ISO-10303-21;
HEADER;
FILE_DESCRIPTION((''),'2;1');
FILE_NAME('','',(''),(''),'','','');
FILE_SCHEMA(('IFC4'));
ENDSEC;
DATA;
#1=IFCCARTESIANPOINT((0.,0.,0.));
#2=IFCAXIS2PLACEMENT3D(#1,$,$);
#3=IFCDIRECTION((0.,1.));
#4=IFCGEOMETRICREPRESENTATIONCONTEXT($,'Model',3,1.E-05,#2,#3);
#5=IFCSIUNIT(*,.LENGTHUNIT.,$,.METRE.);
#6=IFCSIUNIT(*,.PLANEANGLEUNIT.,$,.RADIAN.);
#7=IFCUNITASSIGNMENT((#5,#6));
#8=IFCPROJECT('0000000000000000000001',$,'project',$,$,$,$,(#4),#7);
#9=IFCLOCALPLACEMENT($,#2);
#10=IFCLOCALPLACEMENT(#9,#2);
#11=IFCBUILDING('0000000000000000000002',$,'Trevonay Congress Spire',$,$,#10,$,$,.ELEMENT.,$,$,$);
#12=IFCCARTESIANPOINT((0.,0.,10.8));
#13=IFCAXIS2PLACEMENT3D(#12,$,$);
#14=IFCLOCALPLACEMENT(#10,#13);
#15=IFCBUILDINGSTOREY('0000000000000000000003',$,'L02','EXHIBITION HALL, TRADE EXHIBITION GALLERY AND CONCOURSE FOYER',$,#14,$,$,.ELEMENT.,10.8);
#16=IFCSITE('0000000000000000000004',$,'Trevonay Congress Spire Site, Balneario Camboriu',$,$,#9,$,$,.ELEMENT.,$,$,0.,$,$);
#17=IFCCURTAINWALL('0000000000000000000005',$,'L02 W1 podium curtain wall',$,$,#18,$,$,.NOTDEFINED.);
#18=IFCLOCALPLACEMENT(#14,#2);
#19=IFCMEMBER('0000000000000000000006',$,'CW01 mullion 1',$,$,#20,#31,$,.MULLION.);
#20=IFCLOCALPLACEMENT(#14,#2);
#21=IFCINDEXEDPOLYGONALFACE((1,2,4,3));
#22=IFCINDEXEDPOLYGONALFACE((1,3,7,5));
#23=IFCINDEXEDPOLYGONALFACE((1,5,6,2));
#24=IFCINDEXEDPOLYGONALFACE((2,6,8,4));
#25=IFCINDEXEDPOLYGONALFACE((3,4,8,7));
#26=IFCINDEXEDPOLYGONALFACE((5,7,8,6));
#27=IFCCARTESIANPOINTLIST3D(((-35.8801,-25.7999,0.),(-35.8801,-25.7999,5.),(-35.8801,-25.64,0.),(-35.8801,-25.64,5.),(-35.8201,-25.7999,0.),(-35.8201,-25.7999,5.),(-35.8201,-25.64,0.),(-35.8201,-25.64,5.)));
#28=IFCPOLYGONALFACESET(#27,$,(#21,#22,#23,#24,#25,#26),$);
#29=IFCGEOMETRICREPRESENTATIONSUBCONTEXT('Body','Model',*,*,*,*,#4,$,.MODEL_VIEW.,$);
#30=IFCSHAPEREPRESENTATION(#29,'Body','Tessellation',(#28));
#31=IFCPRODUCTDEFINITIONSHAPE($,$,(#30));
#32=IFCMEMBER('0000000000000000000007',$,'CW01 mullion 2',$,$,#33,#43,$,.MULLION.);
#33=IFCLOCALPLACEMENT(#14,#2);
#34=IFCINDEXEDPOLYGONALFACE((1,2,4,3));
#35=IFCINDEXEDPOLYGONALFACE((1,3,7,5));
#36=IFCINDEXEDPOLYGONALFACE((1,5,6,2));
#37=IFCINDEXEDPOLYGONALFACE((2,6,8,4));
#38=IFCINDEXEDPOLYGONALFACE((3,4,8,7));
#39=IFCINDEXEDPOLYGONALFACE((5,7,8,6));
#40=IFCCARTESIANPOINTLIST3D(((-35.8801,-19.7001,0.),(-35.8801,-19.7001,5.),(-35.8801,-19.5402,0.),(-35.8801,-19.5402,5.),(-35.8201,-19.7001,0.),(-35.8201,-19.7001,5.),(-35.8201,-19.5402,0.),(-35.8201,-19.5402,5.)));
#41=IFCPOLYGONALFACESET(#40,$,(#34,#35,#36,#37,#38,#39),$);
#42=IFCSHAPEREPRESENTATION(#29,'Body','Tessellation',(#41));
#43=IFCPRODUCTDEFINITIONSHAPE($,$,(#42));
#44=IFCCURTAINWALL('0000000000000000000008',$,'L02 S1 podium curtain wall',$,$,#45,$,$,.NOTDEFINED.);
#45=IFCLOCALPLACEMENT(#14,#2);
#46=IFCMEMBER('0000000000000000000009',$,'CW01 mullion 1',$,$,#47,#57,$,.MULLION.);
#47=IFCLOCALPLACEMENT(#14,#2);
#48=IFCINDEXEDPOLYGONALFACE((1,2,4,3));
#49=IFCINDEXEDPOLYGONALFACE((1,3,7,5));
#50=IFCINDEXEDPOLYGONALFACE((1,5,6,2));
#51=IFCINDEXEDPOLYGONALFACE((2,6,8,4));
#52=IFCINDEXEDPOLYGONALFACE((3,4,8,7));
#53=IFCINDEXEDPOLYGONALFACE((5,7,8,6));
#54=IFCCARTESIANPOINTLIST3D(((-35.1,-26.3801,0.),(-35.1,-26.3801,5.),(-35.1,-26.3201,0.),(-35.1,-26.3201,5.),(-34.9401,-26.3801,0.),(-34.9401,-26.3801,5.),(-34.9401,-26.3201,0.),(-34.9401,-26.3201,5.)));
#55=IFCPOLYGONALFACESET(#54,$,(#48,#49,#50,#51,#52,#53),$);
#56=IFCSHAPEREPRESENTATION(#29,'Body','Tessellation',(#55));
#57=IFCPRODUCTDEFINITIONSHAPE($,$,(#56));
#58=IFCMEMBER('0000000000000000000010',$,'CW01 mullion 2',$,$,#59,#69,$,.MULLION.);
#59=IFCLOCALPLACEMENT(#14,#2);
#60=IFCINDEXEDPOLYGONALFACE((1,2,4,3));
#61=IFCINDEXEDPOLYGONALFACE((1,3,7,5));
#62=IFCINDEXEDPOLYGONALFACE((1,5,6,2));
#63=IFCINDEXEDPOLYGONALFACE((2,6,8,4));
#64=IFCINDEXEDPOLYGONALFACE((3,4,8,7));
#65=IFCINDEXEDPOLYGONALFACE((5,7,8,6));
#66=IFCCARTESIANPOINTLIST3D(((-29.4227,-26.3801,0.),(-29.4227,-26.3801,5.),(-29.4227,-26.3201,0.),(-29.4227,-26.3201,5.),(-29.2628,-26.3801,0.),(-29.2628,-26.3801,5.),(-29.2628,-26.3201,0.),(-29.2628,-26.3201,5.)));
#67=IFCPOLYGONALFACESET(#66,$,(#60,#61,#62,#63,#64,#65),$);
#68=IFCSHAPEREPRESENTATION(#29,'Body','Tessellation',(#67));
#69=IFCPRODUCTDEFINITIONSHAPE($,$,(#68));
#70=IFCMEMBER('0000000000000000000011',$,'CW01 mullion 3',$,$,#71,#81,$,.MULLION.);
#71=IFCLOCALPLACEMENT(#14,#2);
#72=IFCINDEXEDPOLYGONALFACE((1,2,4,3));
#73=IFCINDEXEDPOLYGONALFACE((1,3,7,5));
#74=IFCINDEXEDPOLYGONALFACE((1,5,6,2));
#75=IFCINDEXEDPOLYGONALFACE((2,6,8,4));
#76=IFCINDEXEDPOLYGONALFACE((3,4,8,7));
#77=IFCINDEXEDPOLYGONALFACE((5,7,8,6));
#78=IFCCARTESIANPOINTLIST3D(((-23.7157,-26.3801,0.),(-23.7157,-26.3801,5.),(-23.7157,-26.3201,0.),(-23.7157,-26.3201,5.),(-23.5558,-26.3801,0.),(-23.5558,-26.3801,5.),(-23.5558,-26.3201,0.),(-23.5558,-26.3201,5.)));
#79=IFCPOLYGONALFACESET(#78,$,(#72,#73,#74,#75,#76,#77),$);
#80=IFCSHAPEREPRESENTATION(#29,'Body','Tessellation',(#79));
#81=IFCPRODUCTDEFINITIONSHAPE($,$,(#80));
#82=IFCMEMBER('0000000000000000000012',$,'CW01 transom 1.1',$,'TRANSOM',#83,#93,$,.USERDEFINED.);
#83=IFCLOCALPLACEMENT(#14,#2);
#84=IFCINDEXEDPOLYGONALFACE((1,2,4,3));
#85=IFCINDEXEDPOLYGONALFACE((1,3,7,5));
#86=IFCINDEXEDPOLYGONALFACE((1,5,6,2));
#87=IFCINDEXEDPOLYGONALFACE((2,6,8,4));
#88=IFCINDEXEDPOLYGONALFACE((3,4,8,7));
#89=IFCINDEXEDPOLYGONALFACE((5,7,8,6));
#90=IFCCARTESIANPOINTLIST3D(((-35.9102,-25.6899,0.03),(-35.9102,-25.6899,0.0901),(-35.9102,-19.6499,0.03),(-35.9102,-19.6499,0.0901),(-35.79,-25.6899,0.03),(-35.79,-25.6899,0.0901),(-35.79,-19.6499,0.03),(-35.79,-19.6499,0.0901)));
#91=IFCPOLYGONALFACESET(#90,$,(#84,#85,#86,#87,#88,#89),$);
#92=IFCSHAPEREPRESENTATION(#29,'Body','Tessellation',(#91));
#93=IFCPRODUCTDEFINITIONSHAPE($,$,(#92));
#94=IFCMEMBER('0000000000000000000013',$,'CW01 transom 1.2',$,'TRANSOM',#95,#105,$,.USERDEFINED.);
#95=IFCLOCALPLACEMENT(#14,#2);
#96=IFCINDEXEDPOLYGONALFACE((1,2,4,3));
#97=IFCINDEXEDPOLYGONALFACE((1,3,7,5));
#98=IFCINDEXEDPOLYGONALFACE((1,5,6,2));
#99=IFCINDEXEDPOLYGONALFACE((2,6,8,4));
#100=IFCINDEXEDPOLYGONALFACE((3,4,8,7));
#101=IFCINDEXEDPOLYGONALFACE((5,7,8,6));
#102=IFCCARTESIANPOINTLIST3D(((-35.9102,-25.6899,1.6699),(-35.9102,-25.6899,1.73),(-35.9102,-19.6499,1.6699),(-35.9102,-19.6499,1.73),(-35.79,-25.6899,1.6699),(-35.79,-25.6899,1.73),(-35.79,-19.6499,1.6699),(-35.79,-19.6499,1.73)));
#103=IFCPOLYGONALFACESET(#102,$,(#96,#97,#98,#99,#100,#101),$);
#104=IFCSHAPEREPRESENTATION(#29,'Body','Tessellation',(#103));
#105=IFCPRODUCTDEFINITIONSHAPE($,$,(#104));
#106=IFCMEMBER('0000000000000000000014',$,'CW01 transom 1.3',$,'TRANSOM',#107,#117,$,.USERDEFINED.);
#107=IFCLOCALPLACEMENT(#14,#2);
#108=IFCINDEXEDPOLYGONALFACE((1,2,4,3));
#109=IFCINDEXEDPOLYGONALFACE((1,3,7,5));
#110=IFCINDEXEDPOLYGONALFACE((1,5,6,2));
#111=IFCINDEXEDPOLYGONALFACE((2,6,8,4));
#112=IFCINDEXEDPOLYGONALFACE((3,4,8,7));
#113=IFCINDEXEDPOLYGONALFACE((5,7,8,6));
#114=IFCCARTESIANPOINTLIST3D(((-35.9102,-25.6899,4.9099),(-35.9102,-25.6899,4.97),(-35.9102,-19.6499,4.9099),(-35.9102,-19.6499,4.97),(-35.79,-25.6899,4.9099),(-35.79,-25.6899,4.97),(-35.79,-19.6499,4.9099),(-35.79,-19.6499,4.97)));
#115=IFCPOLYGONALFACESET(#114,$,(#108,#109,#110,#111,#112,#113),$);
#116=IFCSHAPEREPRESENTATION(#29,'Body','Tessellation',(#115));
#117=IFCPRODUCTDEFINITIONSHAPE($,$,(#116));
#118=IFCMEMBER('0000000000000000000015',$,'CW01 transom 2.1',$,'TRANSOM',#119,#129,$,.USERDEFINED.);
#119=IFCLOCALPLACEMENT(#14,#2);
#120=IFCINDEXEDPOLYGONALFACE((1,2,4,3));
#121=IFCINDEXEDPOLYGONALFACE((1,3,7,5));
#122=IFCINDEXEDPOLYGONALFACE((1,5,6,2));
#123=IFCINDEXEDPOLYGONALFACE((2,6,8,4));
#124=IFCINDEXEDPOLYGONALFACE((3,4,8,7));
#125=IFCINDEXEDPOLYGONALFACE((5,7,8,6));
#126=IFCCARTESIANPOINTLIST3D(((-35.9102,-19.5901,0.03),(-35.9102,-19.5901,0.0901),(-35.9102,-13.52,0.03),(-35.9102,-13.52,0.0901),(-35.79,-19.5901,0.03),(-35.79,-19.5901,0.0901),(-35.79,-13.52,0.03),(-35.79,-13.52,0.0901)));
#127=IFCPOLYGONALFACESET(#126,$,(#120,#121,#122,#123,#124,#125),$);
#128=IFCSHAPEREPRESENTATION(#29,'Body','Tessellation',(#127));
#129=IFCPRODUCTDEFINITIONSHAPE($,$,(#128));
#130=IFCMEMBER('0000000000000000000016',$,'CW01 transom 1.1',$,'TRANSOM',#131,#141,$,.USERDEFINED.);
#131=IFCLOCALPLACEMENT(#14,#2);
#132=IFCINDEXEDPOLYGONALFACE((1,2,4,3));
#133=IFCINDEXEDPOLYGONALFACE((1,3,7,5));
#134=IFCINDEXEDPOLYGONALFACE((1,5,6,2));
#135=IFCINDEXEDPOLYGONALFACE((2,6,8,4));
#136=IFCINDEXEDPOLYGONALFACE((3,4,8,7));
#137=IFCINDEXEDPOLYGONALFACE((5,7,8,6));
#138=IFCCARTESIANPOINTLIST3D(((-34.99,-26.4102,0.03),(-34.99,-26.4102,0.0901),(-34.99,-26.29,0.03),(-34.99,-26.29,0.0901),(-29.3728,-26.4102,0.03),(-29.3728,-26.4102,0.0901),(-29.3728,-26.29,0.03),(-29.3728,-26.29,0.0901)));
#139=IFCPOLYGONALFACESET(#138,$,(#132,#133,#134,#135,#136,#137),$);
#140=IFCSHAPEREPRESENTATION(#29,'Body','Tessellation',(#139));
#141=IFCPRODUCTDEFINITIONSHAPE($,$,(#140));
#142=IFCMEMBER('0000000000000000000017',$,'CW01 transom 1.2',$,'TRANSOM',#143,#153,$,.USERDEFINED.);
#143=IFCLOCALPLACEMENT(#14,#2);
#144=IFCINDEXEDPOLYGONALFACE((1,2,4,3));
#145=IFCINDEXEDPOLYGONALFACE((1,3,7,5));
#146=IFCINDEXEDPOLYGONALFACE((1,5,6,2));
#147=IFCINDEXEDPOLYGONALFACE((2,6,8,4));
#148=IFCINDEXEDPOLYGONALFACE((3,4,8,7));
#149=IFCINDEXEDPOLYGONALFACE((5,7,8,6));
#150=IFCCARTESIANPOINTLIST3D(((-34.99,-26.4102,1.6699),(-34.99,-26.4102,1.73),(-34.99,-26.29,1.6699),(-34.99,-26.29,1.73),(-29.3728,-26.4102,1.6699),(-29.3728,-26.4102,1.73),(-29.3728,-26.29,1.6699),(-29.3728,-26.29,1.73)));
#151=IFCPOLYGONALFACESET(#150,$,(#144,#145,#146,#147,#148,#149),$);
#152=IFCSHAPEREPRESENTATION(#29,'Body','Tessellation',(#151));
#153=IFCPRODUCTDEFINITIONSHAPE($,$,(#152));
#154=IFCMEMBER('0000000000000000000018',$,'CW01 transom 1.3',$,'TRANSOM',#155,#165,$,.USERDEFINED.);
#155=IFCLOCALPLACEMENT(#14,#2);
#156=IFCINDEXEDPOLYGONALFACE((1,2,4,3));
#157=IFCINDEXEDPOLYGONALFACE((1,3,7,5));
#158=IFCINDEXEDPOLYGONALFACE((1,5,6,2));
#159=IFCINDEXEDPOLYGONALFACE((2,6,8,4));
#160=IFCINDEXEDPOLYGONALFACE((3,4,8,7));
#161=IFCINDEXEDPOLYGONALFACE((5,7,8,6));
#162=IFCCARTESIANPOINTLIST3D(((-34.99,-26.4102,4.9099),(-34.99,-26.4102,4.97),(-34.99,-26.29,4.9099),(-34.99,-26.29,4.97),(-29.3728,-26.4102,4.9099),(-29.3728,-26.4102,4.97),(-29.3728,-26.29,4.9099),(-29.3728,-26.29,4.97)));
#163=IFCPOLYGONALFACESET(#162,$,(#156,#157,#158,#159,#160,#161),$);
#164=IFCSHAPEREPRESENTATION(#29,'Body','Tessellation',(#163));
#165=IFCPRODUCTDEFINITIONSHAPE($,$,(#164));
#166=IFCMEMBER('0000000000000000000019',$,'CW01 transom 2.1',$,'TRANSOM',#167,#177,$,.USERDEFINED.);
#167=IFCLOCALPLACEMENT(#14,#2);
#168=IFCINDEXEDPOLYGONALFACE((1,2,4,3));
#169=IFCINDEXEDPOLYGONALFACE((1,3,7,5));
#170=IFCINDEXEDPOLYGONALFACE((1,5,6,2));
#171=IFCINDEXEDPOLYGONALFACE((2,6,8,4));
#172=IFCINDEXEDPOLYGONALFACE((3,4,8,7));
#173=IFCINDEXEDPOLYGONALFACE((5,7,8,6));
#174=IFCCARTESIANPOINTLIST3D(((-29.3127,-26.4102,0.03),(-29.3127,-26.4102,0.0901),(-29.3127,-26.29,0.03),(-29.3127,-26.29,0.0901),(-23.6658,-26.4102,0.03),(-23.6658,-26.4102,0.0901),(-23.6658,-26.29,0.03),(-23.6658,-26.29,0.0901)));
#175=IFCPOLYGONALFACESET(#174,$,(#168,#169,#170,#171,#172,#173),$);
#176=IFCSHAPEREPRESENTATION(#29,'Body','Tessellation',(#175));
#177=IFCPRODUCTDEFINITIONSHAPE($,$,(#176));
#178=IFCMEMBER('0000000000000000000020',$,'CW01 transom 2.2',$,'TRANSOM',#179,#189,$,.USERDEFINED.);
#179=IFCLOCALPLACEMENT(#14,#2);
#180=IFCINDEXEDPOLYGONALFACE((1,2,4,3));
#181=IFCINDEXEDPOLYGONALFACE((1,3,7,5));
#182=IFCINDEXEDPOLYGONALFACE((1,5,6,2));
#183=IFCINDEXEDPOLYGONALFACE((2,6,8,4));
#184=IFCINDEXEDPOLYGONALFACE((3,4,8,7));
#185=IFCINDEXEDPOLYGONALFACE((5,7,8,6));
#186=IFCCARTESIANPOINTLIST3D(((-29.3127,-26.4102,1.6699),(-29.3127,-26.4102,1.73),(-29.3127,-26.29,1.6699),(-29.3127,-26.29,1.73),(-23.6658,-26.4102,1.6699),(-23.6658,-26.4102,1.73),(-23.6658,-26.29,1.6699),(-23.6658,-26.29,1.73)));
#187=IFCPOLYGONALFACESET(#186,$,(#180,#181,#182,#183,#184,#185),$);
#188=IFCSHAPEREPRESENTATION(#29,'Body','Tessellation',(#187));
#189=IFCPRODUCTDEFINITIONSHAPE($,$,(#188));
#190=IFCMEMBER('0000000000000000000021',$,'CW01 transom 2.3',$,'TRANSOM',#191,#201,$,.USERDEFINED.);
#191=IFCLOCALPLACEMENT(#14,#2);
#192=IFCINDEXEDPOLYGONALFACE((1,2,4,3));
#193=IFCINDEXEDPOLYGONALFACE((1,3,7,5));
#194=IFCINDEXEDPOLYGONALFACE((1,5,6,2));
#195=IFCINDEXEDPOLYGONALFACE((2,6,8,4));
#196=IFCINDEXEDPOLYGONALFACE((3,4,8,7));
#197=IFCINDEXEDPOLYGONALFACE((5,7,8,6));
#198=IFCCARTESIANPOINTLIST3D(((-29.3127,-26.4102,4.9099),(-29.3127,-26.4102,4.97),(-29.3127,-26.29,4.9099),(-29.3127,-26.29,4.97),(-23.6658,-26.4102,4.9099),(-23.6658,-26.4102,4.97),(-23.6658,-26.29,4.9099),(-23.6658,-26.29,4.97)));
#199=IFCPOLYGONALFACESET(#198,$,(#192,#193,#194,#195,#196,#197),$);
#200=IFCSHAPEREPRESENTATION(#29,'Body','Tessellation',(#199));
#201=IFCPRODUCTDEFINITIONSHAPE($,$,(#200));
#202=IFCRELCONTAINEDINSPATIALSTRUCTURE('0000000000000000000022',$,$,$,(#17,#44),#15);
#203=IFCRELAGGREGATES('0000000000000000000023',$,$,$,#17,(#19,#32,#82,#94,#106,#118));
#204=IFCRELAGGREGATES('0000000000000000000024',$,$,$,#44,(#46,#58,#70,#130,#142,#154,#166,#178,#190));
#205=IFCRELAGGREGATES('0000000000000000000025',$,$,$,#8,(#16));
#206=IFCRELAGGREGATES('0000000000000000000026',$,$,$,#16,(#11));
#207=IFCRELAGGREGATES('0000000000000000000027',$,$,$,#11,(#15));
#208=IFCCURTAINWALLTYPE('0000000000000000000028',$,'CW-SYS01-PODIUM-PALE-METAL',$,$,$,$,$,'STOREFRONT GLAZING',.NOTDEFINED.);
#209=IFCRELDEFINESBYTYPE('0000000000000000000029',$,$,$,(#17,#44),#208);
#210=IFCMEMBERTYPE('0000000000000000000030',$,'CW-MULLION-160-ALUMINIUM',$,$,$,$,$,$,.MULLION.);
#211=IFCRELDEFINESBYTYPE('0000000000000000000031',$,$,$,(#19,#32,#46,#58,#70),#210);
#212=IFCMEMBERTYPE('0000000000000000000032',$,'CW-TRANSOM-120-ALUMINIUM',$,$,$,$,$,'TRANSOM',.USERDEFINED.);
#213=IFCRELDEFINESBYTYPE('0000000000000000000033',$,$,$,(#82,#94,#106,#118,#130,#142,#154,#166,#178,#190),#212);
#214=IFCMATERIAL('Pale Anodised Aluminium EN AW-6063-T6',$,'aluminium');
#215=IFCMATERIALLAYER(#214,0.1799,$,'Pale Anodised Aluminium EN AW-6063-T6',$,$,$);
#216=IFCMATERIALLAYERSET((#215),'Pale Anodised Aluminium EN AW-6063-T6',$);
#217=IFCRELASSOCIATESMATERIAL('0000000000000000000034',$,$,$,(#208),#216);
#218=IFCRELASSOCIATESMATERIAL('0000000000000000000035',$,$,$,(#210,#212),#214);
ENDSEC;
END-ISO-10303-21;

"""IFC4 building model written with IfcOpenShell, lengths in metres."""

from ifc_helpers import new_model, si_unit, direction, frame, origin, origin_2d, place, context, subcontext, project, spatial, rectangle, extrude, material, layer, layer_set, material_profile, profile_set, type_object, element, aggregate, save


model = new_model("IFC4")

# Units and contexts
model_context = context("Model", 3, precision=1e-05, world=origin(), true_north=direction((0.0, 1.0)))
body_context = subcontext(model_context, "Body", "Model", "MODEL_VIEW")
ifc_project = project(units=[si_unit("LENGTHUNIT", "METRE"), si_unit("PLANEANGLEUNIT", "RADIAN")], contexts=[model_context])

# Site, building, storey
site_placement = place(None, origin())
site = spatial("IfcSite", under=ifc_project, at=site_placement, Name="Trevonay Congress Spire Site, Balneario Camboriu", CompositionType="ELEMENT", RefElevation=0.0)
building_placement = place(site_placement, origin())
building = spatial("IfcBuilding", under=site, at=building_placement, Name="Trevonay Congress Spire", CompositionType="ELEMENT")
storey_placement = place(building_placement, frame((0.0, 0.0, 10.8)))
storey = spatial("IfcBuildingStorey", under=building, at=storey_placement, Name="L02", Description="EXHIBITION HALL, TRADE EXHIBITION GALLERY AND CONCOURSE FOYER", CompositionType="ELEMENT", Elevation=10.8)

# Curtain walls, members
ifc_material_1 = material(Name="Pale Anodised Aluminium EN AW-6063-T6", Category="aluminium")
ifc_layer_1 = layer(ifc_material_1, 0.1799, Name="Pale Anodised Aluminium EN AW-6063-T6")
ifc_layer_set_1 = layer_set([ifc_layer_1], Name="Pale Anodised Aluminium EN AW-6063-T6")
curtain_wall_type = type_object("IfcCurtainWallType", Name="CW-SYS01-PODIUM-PALE-METAL", ElementType="STOREFRONT GLAZING", PredefinedType="NOTDEFINED", material=ifc_layer_set_1)
curtain_wall_1_placement = place(storey_placement, origin())
curtain_wall_1 = element("IfcCurtainWall", 1, at=curtain_wall_1_placement, inside=storey, type_object=curtain_wall_type, Name="L02 W1 podium curtain wall", PredefinedType="NOTDEFINED")
ifc_material_profile_1 = material_profile(ifc_material_1, rectangle(XDim=0.0601, YDim=0.1599, at=origin_2d()), Name="CW-MULLION-160-ALUMINIUM")
ifc_profile_set_1 = profile_set([ifc_material_profile_1], Name="Pale Anodised Aluminium EN AW-6063-T6")
member_type_1 = type_object("IfcMemberType", Name="CW-MULLION-160-ALUMINIUM", PredefinedType="MULLION", material=ifc_profile_set_1)
member_1_placement = place(storey_placement, frame((-35.8501, -25.72, 0.0), z_axis=(0.0, 0.0, 1.0), x_axis=(-1.0, 0.0, 0.0)))
member_1 = element("IfcMember", 2, at=member_1_placement, type_object=member_type_1, Name="CW01 mullion 1", PredefinedType="MULLION", context=body_context, shape_type="SweptSolid", body=[
    extrude(rectangle(XDim=0.0601, YDim=0.1599, at=origin_2d()), origin(), (0.0, 0.0, 1.0), 5.0),
])
member_2_placement = place(storey_placement, frame((-35.8501, -19.6201, 0.0), z_axis=(0.0, 0.0, 1.0), x_axis=(-1.0, 0.0, 0.0)))
member_2 = element("IfcMember", 3, at=member_2_placement, type_object=member_type_1, Name="CW01 mullion 2", PredefinedType="MULLION", context=body_context, shape_type="SweptSolid", body=[
    extrude(rectangle(XDim=0.0601, YDim=0.1599, at=origin_2d()), origin(), (0.0, 0.0, 1.0), 5.0),
])
curtain_wall_2_placement = place(storey_placement, origin())
curtain_wall_2 = element("IfcCurtainWall", 4, at=curtain_wall_2_placement, inside=storey, type_object=curtain_wall_type, Name="L02 S1 podium curtain wall", PredefinedType="NOTDEFINED")
member_3_placement = place(storey_placement, frame((-35.02, -26.3501, 0.0), z_axis=(0.0, 0.0, 1.0), x_axis=(0.0, 1.0, 0.0)))
member_3 = element("IfcMember", 5, at=member_3_placement, type_object=member_type_1, Name="CW01 mullion 1", PredefinedType="MULLION", context=body_context, shape_type="SweptSolid", body=[
    extrude(rectangle(XDim=0.0601, YDim=0.1599, at=origin_2d()), origin(), (0.0, 0.0, 1.0), 5.0),
])
member_4_placement = place(storey_placement, frame((-29.3428, -26.3501, 0.0), z_axis=(0.0, 0.0, 1.0), x_axis=(0.0, 1.0, 0.0)))
member_4 = element("IfcMember", 6, at=member_4_placement, type_object=member_type_1, Name="CW01 mullion 2", PredefinedType="MULLION", context=body_context, shape_type="SweptSolid", body=[
    extrude(rectangle(XDim=0.0601, YDim=0.1599, at=origin_2d()), origin(), (0.0, 0.0, 1.0), 5.0),
])
member_5_placement = place(storey_placement, frame((-23.6357, -26.3501, 0.0), z_axis=(0.0, 0.0, 1.0), x_axis=(0.0, 1.0, 0.0)))
member_5 = element("IfcMember", 7, at=member_5_placement, type_object=member_type_1, Name="CW01 mullion 3", PredefinedType="MULLION", context=body_context, shape_type="SweptSolid", body=[
    extrude(rectangle(XDim=0.0601, YDim=0.1599, at=origin_2d()), origin(), (0.0, 0.0, 1.0), 5.0),
])

# Members
ifc_material_profile_2 = material_profile(ifc_material_1, rectangle(XDim=0.1201, YDim=0.0601, at=origin_2d()), Name="CW-TRANSOM-120-ALUMINIUM")
ifc_profile_set_2 = profile_set([ifc_material_profile_2], Name="Pale Anodised Aluminium EN AW-6063-T6")
member_type_2 = type_object("IfcMemberType", Name="CW-TRANSOM-120-ALUMINIUM", ElementType="TRANSOM", PredefinedType="USERDEFINED", material=ifc_profile_set_2)
member_6_placement = place(storey_placement, frame((-35.8501, -25.6899, 0.0601), z_axis=(0.0, 1.0, 0.0), x_axis=(-1.0, 0.0, 0.0)))
member_6 = element("IfcMember", 8, at=member_6_placement, type_object=member_type_2, Name="CW01 transom 1.1", ObjectType="TRANSOM", PredefinedType="USERDEFINED", context=body_context, shape_type="SweptSolid", body=[
    extrude(rectangle(XDim=0.1201, YDim=0.0601, at=origin_2d()), origin(), (0.0, 0.0, 1.0), 6.04),
])
member_7_placement = place(storey_placement, frame((-35.8501, -25.6899, 1.7), z_axis=(0.0, 1.0, 0.0), x_axis=(-1.0, 0.0, 0.0)))
member_7 = element("IfcMember", 9, at=member_7_placement, type_object=member_type_2, Name="CW01 transom 1.2", ObjectType="TRANSOM", PredefinedType="USERDEFINED", context=body_context, shape_type="SweptSolid", body=[
    extrude(rectangle(XDim=0.1201, YDim=0.0601, at=origin_2d()), origin(), (0.0, 0.0, 1.0), 6.04),
])
member_8_placement = place(storey_placement, frame((-35.8501, -25.6899, 4.9399), z_axis=(0.0, 1.0, 0.0), x_axis=(-1.0, 0.0, 0.0)))
member_8 = element("IfcMember", 10, at=member_8_placement, type_object=member_type_2, Name="CW01 transom 1.3", ObjectType="TRANSOM", PredefinedType="USERDEFINED", context=body_context, shape_type="SweptSolid", body=[
    extrude(rectangle(XDim=0.1201, YDim=0.0601, at=origin_2d()), origin(), (0.0, 0.0, 1.0), 6.04),
])
member_9_placement = place(storey_placement, frame((-35.8501, -19.5901, 0.0601), z_axis=(0.0, 1.0, 0.0), x_axis=(-1.0, 0.0, 0.0)))
member_9 = element("IfcMember", 11, at=member_9_placement, type_object=member_type_2, Name="CW01 transom 2.1", ObjectType="TRANSOM", PredefinedType="USERDEFINED", context=body_context, shape_type="SweptSolid", body=[
    extrude(rectangle(XDim=0.1201, YDim=0.0601, at=origin_2d()), origin(), (0.0, 0.0, 1.0), 6.0701),
])
member_10_placement = place(storey_placement, frame((-34.99, -26.3501, 0.0601), z_axis=(1.0, 0.0, 0.0), x_axis=(0.0, 1.0, 0.0)))
member_10 = element("IfcMember", 12, at=member_10_placement, type_object=member_type_2, Name="CW01 transom 1.1", ObjectType="TRANSOM", PredefinedType="USERDEFINED", context=body_context, shape_type="SweptSolid", body=[
    extrude(rectangle(XDim=0.1201, YDim=0.0601, at=origin_2d()), origin(), (0.0, 0.0, 1.0), 5.6172),
])
member_11_placement = place(storey_placement, frame((-34.99, -26.3501, 1.7), z_axis=(1.0, 0.0, 0.0), x_axis=(0.0, 1.0, 0.0)))
member_11 = element("IfcMember", 13, at=member_11_placement, type_object=member_type_2, Name="CW01 transom 1.2", ObjectType="TRANSOM", PredefinedType="USERDEFINED", context=body_context, shape_type="SweptSolid", body=[
    extrude(rectangle(XDim=0.1201, YDim=0.0601, at=origin_2d()), origin(), (0.0, 0.0, 1.0), 5.6172),
])
member_12_placement = place(storey_placement, frame((-34.99, -26.3501, 4.9399), z_axis=(1.0, 0.0, 0.0), x_axis=(0.0, 1.0, 0.0)))
member_12 = element("IfcMember", 14, at=member_12_placement, type_object=member_type_2, Name="CW01 transom 1.3", ObjectType="TRANSOM", PredefinedType="USERDEFINED", context=body_context, shape_type="SweptSolid", body=[
    extrude(rectangle(XDim=0.1201, YDim=0.0601, at=origin_2d()), origin(), (0.0, 0.0, 1.0), 5.6172),
])
member_13_placement = place(storey_placement, frame((-29.3127, -26.3501, 0.0601), z_axis=(1.0, 0.0, 0.0), x_axis=(0.0, 1.0, 0.0)))
member_13 = element("IfcMember", 15, at=member_13_placement, type_object=member_type_2, Name="CW01 transom 2.1", ObjectType="TRANSOM", PredefinedType="USERDEFINED", context=body_context, shape_type="SweptSolid", body=[
    extrude(rectangle(XDim=0.1201, YDim=0.0601, at=origin_2d()), origin(), (0.0, 0.0, 1.0), 5.647),
])
member_14_placement = place(storey_placement, frame((-29.3127, -26.3501, 1.7), z_axis=(1.0, 0.0, 0.0), x_axis=(0.0, 1.0, 0.0)))
member_14 = element("IfcMember", 16, at=member_14_placement, type_object=member_type_2, Name="CW01 transom 2.2", ObjectType="TRANSOM", PredefinedType="USERDEFINED", context=body_context, shape_type="SweptSolid", body=[
    extrude(rectangle(XDim=0.1201, YDim=0.0601, at=origin_2d()), origin(), (0.0, 0.0, 1.0), 5.647),
])
member_15_placement = place(storey_placement, frame((-29.3127, -26.3501, 4.9399), z_axis=(1.0, 0.0, 0.0), x_axis=(0.0, 1.0, 0.0)))
member_15 = element("IfcMember", 17, at=member_15_placement, type_object=member_type_2, Name="CW01 transom 2.3", ObjectType="TRANSOM", PredefinedType="USERDEFINED", context=body_context, shape_type="SweptSolid", body=[
    extrude(rectangle(XDim=0.1201, YDim=0.0601, at=origin_2d()), origin(), (0.0, 0.0, 1.0), 5.647),
])

aggregate(curtain_wall_1, [member_1, member_2, member_6, member_7, member_8, member_9])
aggregate(curtain_wall_2, [member_3, member_4, member_5, member_10, member_11, member_12, member_13, member_14, member_15])

save(model, "model.ifc")
